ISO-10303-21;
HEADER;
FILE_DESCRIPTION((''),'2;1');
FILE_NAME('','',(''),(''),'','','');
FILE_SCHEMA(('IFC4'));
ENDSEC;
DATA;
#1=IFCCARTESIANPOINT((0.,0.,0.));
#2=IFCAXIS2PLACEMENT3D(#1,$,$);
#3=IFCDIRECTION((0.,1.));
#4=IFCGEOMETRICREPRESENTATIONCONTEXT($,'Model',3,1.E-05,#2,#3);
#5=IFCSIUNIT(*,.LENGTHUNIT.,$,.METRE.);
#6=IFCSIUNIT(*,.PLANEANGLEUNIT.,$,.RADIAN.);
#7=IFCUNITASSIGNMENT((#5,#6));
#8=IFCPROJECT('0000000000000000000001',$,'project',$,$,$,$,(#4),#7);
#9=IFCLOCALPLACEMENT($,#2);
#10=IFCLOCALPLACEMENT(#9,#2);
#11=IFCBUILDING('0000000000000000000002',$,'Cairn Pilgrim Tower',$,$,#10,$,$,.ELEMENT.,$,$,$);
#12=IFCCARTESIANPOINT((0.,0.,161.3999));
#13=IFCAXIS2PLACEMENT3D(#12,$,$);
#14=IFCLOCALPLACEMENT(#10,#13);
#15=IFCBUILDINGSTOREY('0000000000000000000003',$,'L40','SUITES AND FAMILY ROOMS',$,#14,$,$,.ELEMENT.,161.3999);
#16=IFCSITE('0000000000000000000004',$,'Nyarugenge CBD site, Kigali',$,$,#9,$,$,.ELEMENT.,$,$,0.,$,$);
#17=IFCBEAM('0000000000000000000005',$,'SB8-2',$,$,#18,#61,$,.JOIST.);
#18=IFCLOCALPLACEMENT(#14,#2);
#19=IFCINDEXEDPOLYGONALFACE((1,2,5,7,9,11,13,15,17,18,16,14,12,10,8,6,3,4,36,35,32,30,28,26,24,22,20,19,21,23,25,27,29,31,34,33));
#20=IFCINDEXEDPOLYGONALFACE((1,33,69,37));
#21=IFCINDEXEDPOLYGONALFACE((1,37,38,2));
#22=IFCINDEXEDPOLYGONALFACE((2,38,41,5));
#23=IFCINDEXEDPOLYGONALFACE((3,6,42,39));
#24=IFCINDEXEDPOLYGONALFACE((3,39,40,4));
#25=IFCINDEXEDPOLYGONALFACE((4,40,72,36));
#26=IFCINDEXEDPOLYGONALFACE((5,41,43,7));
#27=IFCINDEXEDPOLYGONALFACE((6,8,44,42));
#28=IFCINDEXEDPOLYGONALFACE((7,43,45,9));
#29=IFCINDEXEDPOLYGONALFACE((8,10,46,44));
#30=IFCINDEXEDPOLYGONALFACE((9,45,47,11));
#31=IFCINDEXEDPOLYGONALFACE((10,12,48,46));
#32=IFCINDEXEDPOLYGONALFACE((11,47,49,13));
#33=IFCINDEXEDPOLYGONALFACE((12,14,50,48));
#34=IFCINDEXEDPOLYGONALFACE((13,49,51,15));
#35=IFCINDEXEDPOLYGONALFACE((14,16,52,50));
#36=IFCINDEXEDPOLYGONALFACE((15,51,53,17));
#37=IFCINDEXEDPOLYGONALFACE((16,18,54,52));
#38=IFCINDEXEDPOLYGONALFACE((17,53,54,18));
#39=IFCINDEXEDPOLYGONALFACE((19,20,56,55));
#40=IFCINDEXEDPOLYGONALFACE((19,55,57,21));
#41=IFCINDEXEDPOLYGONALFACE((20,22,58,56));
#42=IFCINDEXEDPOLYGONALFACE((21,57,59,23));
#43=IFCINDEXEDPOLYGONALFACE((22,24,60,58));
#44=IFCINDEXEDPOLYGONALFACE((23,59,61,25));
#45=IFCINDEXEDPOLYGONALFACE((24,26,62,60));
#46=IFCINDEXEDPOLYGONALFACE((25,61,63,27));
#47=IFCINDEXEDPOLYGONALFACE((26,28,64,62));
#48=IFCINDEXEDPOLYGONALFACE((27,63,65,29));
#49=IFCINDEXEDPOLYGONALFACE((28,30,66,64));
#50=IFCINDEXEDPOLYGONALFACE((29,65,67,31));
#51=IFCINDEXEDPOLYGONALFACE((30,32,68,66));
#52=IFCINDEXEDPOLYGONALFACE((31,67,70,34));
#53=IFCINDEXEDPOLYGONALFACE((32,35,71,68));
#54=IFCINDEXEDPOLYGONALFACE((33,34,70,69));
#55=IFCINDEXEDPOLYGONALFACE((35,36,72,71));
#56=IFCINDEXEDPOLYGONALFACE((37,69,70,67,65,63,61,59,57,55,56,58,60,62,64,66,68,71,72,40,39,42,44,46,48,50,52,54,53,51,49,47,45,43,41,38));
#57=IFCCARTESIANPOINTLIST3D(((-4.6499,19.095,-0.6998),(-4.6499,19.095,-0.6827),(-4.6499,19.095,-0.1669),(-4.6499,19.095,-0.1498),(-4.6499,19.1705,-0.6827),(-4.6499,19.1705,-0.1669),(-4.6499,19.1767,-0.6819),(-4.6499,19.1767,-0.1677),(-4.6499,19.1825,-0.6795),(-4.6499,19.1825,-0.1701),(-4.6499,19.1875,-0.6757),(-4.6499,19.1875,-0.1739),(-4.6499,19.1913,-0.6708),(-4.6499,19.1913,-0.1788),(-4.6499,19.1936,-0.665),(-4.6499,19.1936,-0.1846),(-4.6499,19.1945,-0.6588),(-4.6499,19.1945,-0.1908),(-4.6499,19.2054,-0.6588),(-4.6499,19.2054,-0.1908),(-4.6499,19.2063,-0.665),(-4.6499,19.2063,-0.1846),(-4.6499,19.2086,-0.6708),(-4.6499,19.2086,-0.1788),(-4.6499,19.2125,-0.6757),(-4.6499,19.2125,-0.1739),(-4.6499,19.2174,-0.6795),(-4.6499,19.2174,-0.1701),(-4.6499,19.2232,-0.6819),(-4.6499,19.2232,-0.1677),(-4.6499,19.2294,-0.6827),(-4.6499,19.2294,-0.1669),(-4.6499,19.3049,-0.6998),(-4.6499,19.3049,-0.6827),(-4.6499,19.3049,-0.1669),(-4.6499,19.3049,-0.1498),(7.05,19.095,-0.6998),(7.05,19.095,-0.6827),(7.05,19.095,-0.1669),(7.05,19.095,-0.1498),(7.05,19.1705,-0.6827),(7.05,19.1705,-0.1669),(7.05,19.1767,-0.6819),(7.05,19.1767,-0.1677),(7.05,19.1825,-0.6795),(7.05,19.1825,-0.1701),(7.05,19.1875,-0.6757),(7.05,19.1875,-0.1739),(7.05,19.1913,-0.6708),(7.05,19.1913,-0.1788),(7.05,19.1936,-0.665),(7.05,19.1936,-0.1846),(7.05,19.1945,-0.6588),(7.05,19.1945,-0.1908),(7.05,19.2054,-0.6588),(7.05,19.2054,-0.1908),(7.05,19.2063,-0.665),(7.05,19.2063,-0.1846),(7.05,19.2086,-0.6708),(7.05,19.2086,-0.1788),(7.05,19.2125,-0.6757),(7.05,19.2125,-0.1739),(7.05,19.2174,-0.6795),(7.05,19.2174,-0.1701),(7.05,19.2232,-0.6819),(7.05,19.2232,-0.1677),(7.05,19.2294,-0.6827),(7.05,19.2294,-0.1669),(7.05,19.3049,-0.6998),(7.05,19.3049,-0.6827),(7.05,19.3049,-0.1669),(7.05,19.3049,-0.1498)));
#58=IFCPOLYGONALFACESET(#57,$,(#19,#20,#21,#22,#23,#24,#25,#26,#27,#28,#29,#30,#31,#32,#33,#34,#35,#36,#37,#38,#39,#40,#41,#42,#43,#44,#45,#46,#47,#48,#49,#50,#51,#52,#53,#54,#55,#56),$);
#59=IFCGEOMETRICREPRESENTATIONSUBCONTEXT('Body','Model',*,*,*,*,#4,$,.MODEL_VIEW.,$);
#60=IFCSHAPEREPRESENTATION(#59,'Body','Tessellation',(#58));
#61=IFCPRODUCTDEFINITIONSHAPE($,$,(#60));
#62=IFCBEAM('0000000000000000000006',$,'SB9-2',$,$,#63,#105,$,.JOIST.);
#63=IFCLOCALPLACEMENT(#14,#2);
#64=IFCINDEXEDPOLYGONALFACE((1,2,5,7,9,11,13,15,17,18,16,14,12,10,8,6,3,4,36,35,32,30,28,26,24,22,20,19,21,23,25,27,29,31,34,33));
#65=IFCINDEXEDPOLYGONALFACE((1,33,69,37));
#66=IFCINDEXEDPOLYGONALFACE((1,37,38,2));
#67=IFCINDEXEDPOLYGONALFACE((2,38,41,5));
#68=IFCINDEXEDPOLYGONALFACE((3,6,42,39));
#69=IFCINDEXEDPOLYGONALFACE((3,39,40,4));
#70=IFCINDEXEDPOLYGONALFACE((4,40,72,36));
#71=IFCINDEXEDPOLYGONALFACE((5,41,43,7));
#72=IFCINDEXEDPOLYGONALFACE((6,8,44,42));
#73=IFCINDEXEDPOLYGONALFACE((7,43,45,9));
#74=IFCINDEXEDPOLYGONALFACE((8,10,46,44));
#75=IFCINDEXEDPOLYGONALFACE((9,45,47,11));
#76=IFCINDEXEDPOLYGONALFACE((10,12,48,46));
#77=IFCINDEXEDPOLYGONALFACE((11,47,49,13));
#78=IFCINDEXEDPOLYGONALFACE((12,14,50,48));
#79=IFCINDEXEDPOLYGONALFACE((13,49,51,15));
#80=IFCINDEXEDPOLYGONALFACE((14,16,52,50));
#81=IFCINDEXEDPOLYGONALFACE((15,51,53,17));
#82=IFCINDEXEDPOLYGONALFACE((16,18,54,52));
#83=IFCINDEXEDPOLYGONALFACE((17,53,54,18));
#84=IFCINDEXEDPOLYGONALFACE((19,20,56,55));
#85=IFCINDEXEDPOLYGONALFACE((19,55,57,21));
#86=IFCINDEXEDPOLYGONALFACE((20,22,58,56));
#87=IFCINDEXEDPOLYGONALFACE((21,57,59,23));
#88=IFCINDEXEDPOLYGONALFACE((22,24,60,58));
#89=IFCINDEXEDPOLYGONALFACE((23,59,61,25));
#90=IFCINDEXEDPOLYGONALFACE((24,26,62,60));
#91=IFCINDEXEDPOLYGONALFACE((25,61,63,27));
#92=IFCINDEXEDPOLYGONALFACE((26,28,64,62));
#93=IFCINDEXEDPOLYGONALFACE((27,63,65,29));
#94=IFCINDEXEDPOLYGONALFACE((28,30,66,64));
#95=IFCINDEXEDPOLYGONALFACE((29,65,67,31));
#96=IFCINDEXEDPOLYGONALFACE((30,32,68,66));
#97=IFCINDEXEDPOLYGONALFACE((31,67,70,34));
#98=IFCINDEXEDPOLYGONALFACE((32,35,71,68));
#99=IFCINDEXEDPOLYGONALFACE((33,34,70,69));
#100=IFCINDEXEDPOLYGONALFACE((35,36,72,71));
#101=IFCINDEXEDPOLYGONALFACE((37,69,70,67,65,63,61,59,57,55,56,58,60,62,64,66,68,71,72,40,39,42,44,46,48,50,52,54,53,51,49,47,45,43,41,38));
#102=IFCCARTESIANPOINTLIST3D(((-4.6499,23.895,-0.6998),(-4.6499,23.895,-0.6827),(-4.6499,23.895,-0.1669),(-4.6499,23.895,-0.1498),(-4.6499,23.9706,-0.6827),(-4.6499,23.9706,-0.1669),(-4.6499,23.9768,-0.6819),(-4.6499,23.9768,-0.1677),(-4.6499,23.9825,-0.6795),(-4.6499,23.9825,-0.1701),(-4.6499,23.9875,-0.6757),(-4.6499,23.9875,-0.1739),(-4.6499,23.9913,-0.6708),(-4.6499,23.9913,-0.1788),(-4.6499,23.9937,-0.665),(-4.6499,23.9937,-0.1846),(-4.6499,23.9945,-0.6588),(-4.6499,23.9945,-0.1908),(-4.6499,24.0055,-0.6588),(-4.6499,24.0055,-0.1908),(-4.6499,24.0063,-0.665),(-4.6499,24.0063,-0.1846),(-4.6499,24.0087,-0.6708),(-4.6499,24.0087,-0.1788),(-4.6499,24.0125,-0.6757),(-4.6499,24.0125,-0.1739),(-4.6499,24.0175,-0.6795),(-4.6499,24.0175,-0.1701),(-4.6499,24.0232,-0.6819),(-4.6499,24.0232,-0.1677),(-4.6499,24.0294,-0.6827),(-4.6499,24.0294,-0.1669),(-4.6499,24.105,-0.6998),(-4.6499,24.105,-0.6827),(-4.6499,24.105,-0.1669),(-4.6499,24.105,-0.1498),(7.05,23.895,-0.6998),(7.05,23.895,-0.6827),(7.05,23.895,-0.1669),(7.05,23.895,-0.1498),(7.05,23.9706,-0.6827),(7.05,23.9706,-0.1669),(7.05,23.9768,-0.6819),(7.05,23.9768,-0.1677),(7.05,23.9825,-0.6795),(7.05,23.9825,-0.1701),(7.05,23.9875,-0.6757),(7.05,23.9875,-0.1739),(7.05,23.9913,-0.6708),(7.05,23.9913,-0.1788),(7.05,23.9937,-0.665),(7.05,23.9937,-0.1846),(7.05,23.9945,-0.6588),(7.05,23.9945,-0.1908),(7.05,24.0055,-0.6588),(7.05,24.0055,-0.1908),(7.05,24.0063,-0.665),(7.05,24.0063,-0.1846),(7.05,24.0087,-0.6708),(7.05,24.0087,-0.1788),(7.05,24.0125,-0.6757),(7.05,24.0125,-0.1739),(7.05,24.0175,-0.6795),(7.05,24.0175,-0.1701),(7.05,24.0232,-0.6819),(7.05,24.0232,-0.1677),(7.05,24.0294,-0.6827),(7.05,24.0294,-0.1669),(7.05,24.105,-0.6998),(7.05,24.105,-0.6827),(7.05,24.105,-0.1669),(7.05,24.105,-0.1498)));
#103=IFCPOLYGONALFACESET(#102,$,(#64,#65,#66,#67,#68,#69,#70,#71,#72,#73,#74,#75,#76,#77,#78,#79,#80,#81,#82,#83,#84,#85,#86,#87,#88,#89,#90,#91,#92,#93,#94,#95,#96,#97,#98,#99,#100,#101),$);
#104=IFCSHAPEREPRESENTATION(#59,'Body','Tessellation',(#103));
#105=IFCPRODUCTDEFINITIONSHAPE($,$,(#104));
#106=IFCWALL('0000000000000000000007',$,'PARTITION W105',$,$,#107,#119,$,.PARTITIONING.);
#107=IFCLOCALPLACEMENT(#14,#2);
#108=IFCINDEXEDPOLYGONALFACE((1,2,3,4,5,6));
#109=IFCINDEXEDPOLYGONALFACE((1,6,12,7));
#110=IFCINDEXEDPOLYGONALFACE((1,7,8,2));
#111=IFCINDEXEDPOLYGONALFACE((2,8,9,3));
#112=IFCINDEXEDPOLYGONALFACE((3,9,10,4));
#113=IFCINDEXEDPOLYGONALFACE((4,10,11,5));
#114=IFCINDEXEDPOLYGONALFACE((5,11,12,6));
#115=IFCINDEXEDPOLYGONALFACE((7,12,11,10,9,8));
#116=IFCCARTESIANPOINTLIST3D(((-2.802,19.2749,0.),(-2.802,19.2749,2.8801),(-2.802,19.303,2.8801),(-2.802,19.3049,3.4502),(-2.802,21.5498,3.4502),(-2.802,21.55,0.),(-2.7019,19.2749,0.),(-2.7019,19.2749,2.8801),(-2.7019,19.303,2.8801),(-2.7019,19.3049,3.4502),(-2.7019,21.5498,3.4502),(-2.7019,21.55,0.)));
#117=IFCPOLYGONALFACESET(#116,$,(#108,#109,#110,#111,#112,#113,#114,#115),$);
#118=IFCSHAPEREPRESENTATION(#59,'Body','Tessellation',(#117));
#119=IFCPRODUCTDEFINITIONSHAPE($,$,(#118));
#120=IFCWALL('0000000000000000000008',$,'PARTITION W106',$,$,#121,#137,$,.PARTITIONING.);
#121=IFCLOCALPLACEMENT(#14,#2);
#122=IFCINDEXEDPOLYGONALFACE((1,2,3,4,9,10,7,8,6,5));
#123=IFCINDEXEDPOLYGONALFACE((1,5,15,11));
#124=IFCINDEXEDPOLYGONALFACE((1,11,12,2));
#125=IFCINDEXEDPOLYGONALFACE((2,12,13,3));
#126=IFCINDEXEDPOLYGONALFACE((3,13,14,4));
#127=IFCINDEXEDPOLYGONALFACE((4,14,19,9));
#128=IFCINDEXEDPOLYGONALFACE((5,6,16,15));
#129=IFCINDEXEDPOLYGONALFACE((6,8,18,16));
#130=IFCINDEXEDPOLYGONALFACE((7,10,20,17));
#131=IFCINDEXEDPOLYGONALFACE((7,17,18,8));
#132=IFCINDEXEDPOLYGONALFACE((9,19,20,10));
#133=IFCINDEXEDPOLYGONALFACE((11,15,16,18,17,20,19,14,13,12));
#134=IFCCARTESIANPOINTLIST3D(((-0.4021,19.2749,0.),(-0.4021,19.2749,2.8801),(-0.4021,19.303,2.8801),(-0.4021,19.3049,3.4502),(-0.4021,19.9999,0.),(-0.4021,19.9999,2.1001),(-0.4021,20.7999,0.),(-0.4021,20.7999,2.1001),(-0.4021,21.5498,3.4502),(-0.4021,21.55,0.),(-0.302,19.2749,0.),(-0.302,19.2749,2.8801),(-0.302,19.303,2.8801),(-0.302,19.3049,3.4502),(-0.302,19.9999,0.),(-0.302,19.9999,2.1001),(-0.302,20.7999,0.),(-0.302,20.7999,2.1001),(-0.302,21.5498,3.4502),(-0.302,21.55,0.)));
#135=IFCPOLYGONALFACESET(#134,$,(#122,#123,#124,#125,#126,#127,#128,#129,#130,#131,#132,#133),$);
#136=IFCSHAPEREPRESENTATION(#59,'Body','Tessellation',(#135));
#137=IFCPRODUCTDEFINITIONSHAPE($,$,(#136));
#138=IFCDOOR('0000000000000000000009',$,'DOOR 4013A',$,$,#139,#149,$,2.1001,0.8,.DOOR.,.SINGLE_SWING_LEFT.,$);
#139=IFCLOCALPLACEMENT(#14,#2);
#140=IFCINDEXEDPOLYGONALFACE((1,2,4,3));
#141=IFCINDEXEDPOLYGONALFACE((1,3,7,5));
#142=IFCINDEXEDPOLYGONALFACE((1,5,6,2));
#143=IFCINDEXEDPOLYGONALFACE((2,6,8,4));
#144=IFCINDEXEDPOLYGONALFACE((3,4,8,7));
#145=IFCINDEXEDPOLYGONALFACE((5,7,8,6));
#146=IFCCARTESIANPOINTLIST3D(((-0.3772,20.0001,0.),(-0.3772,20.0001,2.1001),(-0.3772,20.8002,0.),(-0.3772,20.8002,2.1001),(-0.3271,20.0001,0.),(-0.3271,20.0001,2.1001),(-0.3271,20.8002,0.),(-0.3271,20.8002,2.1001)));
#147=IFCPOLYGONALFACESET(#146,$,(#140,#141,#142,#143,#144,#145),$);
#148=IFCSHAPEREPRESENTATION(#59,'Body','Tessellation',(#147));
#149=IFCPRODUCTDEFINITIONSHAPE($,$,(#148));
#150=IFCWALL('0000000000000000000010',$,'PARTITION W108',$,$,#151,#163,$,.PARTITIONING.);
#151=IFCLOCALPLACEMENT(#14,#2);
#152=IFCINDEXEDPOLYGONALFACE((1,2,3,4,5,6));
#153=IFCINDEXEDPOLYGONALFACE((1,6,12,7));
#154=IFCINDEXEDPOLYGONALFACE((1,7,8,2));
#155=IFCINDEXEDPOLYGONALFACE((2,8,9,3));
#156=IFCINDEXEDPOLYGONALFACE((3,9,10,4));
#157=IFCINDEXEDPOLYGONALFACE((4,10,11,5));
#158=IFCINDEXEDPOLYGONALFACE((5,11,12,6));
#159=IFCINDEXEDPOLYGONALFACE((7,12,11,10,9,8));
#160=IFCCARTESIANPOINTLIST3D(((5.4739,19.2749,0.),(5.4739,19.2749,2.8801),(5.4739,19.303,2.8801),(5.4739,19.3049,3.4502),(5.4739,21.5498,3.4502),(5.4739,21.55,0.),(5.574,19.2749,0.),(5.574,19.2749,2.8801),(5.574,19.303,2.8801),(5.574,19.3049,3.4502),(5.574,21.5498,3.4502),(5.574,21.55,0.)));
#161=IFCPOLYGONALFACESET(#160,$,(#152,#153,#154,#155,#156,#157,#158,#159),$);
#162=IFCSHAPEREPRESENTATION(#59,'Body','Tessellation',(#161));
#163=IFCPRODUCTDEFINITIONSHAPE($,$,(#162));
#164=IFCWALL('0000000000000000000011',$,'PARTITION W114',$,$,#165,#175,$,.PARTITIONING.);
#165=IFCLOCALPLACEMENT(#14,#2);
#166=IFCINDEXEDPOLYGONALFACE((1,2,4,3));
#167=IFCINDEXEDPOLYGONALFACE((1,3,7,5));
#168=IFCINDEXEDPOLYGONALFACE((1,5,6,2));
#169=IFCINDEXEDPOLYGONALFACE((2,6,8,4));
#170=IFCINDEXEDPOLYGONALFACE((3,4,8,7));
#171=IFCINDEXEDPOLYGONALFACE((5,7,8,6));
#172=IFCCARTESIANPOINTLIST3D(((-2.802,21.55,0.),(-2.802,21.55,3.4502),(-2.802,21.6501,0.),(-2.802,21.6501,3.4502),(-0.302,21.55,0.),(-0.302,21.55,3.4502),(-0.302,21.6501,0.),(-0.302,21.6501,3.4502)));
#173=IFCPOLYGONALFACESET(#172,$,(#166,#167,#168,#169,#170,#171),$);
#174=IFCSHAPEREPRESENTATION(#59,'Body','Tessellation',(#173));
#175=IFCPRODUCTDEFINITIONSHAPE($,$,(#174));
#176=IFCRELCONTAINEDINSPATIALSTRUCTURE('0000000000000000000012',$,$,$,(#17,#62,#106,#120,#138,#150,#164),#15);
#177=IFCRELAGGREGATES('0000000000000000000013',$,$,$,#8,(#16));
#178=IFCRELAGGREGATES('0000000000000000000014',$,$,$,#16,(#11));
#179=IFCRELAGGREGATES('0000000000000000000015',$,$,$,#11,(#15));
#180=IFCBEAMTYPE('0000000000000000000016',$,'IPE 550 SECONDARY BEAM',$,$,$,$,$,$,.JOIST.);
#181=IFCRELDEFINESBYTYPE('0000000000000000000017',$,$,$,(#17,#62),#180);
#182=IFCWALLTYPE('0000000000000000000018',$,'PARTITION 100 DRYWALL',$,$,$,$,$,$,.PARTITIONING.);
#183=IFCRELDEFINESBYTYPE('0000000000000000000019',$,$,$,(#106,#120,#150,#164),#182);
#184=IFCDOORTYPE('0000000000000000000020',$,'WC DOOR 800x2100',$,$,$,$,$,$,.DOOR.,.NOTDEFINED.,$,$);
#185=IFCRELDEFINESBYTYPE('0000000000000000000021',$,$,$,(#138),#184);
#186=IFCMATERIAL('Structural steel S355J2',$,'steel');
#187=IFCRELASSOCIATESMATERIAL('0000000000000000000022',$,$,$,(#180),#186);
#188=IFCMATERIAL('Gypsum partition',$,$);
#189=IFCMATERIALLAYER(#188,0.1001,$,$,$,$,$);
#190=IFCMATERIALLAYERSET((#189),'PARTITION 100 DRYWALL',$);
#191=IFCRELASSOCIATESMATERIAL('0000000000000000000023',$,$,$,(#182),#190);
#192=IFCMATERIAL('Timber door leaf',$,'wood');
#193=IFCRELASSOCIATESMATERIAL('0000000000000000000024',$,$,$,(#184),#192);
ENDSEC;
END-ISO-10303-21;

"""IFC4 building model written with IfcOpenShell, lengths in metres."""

from ifc_helpers import new_model, si_unit, direction, frame, frame_2d, origin, origin_2d, place, context, subcontext, project, spatial, polyline, rectangle, i_section, outline, extrude, material, layer, layer_set, material_profile, profile_set, type_object, element, fill, save


model = new_model("IFC4")

# Units and contexts
model_context = context("Model", 3, precision=1e-05, world=origin(), true_north=direction((0.0, 1.0)))
body_context = subcontext(model_context, "Body", "Model", "MODEL_VIEW")
ifc_project = project(units=[si_unit("LENGTHUNIT", "METRE"), si_unit("PLANEANGLEUNIT", "RADIAN")], contexts=[model_context])

# Site, building, storey
site_placement = place(None, origin())
site = spatial("IfcSite", under=ifc_project, at=site_placement, Name="Nyarugenge CBD site, Kigali", CompositionType="ELEMENT", RefElevation=0.0)
building_placement = place(site_placement, origin())
building = spatial("IfcBuilding", under=site, at=building_placement, Name="Cairn Pilgrim Tower", CompositionType="ELEMENT")
storey_placement = place(building_placement, frame((0.0, 0.0, 161.3999)))
storey = spatial("IfcBuildingStorey", under=building, at=storey_placement, Name="L40", Description="SUITES AND FAMILY ROOMS", CompositionType="ELEMENT", Elevation=161.3999)

# Beams
ifc_material_1 = material(Name="Structural steel S355J2", Category="steel")
ifc_material_profile = material_profile(ifc_material_1, i_section(OverallWidth=0.21, OverallDepth=0.55, WebThickness=0.011, FlangeThickness=0.0171, FilletRadius=0.0239, at=origin_2d()), Name="IPE 550")
ifc_profile_set = profile_set([ifc_material_profile], Name="Structural steel S355J2")
beam_type = type_object("IfcBeamType", Name="IPE 550 SECONDARY BEAM", PredefinedType="JOIST", material=ifc_profile_set)
for number, where, z_axis, x_axis, name in (
    (1, (-4.6499, 19.2, -0.4248), (1.0, 0.0, 0.0), (0.0, 1.0, 0.0), "SB8-2"),
    (2, (-4.6499, 24.0, -0.4248), (1.0, 0.0, 0.0), (0.0, 1.0, 0.0), "SB9-2"),
):
    element("IfcBeam", number, at=place(storey_placement, frame(where, z_axis=z_axis, x_axis=x_axis)), inside=storey, type_object=beam_type, Name=name, PredefinedType="JOIST", context=body_context, shape_type="SweptSolid", body=[
        extrude(i_section(OverallWidth=0.21, OverallDepth=0.55, WebThickness=0.011, FlangeThickness=0.0171, FilletRadius=0.0239, at=origin_2d()), origin(), (0.0, 0.0, 1.0), 11.7),
    ])

# Wall
ifc_material_2 = material(Name="Gypsum partition")
ifc_layer_1 = layer(ifc_material_2, 0.1001)
ifc_layer_set_1 = layer_set([ifc_layer_1], Name="PARTITION 100 DRYWALL")
wall_type_1 = type_object("IfcWallType", Name="PARTITION 100 DRYWALL", PredefinedType="PARTITIONING", material=ifc_layer_set_1)
wall_1_placement = place(storey_placement, frame((-2.752, 19.2749, 0.0), z_axis=(0.0, 0.0, 1.0), x_axis=(0.0, 1.0, 0.0)))
element("IfcWall", 3, at=wall_1_placement, inside=storey, type_object=wall_type_1, Name="PARTITION W105", PredefinedType="PARTITIONING", context=body_context, shape_type="SweptSolid", body=[
    extrude(outline(polyline([(0.0, 0.0), (2.2751, 0.0), (2.2749, 3.4502), (0.03, 3.4502), (0.0281, 2.8801), (0.0, 2.8801), (0.0, 0.0)])), frame((0.0, 0.05, 0.0), z_axis=(0.0, -1.0, 0.0), x_axis=(1.0, 0.0, 0.0)), (0.0, 0.0, 1.0), 0.1001),
])

# Wall, opening, door
wall_2_placement = place(storey_placement, frame((-0.3521, 19.2749, 0.0), z_axis=(0.0, 0.0, 1.0), x_axis=(0.0, 1.0, 0.0)))
wall_2 = element("IfcWall", 4, at=wall_2_placement, inside=storey, type_object=wall_type_1, Name="PARTITION W106", PredefinedType="PARTITIONING", context=body_context, shape_type="SweptSolid", body=[
    extrude(outline(polyline([(0.0, 0.0), (2.2751, 0.0), (2.2749, 3.4502), (0.03, 3.4502), (0.0281, 2.8801), (0.0, 2.8801), (0.0, 0.0)])), frame((0.0, 0.05, 0.0), z_axis=(0.0, -1.0, 0.0), x_axis=(1.0, 0.0, 0.0)), (0.0, 0.0, 1.0), 0.1001),
])
opening_1_placement = place(wall_2_placement, frame((0.7251, 0.0, 0.0)))
opening_1 = element("IfcOpeningElement", 5, at=opening_1_placement, cuts=wall_2, PredefinedType="OPENING", context=body_context, shape_type="SweptSolid", body=[
    extrude(rectangle(XDim=0.8, YDim=2.1001, at=frame_2d((0.3999, 1.05))), frame((0.0, 0.0601, 0.0), z_axis=(0.0, -1.0, 0.0), x_axis=(1.0, 0.0, 0.0)), (0.0, 0.0, 1.0), 0.1201),
])
ifc_material_3 = material(Name="Timber door leaf", Category="wood")
door_type_1 = type_object("IfcDoorType", Name="WC DOOR 800x2100", OperationType="NOTDEFINED", PredefinedType="DOOR", material=ifc_material_3)
door_1_placement = place(opening_1_placement, frame((0.8, 0.0, 0.0), z_axis=(0.0, 0.0, 1.0), x_axis=(-1.0, 0.0, 0.0)))
door_1 = element("IfcDoor", 6, at=door_1_placement, inside=storey, type_object=door_type_1, Name="DOOR 4013A", OperationType="SINGLE_SWING_LEFT", OverallHeight=2.1001, OverallWidth=0.8, PredefinedType="DOOR", context=body_context, shape_type="SweptSolid", body=[
    extrude(rectangle(XDim=0.8, YDim=2.1001, at=frame_2d((0.3999, 1.05))), frame((0.0, 0.0249, 0.0), z_axis=(0.0, -1.0, 0.0), x_axis=(1.0, 0.0, 0.0)), (0.0, 0.0, 1.0), 0.05),
])
fill(opening_1, door_1)

# Walls
wall_3_placement = place(storey_placement, frame((5.5239, 19.2749, 0.0), z_axis=(0.0, 0.0, 1.0), x_axis=(0.0, 1.0, 0.0)))
element("IfcWall", 7, at=wall_3_placement, inside=storey, type_object=wall_type_1, Name="PARTITION W108", PredefinedType="PARTITIONING", context=body_context, shape_type="SweptSolid", body=[
    extrude(outline(polyline([(0.0, 0.0), (2.2751, 0.0), (2.2749, 3.4502), (0.03, 3.4502), (0.0281, 2.8801), (0.0, 2.8801), (0.0, 0.0)])), frame((0.0, 0.05, 0.0), z_axis=(0.0, -1.0, 0.0), x_axis=(1.0, 0.0, 0.0)), (0.0, 0.0, 1.0), 0.1001),
])
wall_4_placement = place(storey_placement, frame((-2.802, 21.6001, 0.0), z_axis=(0.0, 0.0, 1.0), x_axis=(1.0, 0.0, 0.0)))
element("IfcWall", 8, at=wall_4_placement, inside=storey, type_object=wall_type_1, Name="PARTITION W114", PredefinedType="PARTITIONING", context=body_context, shape_type="SweptSolid", body=[
    extrude(rectangle(XDim=2.5, YDim=0.1001, at=frame_2d((1.25, 0.0))), origin(), (0.0, 0.0, 1.0), 3.4502),
])

save(model, "model.ifc")
